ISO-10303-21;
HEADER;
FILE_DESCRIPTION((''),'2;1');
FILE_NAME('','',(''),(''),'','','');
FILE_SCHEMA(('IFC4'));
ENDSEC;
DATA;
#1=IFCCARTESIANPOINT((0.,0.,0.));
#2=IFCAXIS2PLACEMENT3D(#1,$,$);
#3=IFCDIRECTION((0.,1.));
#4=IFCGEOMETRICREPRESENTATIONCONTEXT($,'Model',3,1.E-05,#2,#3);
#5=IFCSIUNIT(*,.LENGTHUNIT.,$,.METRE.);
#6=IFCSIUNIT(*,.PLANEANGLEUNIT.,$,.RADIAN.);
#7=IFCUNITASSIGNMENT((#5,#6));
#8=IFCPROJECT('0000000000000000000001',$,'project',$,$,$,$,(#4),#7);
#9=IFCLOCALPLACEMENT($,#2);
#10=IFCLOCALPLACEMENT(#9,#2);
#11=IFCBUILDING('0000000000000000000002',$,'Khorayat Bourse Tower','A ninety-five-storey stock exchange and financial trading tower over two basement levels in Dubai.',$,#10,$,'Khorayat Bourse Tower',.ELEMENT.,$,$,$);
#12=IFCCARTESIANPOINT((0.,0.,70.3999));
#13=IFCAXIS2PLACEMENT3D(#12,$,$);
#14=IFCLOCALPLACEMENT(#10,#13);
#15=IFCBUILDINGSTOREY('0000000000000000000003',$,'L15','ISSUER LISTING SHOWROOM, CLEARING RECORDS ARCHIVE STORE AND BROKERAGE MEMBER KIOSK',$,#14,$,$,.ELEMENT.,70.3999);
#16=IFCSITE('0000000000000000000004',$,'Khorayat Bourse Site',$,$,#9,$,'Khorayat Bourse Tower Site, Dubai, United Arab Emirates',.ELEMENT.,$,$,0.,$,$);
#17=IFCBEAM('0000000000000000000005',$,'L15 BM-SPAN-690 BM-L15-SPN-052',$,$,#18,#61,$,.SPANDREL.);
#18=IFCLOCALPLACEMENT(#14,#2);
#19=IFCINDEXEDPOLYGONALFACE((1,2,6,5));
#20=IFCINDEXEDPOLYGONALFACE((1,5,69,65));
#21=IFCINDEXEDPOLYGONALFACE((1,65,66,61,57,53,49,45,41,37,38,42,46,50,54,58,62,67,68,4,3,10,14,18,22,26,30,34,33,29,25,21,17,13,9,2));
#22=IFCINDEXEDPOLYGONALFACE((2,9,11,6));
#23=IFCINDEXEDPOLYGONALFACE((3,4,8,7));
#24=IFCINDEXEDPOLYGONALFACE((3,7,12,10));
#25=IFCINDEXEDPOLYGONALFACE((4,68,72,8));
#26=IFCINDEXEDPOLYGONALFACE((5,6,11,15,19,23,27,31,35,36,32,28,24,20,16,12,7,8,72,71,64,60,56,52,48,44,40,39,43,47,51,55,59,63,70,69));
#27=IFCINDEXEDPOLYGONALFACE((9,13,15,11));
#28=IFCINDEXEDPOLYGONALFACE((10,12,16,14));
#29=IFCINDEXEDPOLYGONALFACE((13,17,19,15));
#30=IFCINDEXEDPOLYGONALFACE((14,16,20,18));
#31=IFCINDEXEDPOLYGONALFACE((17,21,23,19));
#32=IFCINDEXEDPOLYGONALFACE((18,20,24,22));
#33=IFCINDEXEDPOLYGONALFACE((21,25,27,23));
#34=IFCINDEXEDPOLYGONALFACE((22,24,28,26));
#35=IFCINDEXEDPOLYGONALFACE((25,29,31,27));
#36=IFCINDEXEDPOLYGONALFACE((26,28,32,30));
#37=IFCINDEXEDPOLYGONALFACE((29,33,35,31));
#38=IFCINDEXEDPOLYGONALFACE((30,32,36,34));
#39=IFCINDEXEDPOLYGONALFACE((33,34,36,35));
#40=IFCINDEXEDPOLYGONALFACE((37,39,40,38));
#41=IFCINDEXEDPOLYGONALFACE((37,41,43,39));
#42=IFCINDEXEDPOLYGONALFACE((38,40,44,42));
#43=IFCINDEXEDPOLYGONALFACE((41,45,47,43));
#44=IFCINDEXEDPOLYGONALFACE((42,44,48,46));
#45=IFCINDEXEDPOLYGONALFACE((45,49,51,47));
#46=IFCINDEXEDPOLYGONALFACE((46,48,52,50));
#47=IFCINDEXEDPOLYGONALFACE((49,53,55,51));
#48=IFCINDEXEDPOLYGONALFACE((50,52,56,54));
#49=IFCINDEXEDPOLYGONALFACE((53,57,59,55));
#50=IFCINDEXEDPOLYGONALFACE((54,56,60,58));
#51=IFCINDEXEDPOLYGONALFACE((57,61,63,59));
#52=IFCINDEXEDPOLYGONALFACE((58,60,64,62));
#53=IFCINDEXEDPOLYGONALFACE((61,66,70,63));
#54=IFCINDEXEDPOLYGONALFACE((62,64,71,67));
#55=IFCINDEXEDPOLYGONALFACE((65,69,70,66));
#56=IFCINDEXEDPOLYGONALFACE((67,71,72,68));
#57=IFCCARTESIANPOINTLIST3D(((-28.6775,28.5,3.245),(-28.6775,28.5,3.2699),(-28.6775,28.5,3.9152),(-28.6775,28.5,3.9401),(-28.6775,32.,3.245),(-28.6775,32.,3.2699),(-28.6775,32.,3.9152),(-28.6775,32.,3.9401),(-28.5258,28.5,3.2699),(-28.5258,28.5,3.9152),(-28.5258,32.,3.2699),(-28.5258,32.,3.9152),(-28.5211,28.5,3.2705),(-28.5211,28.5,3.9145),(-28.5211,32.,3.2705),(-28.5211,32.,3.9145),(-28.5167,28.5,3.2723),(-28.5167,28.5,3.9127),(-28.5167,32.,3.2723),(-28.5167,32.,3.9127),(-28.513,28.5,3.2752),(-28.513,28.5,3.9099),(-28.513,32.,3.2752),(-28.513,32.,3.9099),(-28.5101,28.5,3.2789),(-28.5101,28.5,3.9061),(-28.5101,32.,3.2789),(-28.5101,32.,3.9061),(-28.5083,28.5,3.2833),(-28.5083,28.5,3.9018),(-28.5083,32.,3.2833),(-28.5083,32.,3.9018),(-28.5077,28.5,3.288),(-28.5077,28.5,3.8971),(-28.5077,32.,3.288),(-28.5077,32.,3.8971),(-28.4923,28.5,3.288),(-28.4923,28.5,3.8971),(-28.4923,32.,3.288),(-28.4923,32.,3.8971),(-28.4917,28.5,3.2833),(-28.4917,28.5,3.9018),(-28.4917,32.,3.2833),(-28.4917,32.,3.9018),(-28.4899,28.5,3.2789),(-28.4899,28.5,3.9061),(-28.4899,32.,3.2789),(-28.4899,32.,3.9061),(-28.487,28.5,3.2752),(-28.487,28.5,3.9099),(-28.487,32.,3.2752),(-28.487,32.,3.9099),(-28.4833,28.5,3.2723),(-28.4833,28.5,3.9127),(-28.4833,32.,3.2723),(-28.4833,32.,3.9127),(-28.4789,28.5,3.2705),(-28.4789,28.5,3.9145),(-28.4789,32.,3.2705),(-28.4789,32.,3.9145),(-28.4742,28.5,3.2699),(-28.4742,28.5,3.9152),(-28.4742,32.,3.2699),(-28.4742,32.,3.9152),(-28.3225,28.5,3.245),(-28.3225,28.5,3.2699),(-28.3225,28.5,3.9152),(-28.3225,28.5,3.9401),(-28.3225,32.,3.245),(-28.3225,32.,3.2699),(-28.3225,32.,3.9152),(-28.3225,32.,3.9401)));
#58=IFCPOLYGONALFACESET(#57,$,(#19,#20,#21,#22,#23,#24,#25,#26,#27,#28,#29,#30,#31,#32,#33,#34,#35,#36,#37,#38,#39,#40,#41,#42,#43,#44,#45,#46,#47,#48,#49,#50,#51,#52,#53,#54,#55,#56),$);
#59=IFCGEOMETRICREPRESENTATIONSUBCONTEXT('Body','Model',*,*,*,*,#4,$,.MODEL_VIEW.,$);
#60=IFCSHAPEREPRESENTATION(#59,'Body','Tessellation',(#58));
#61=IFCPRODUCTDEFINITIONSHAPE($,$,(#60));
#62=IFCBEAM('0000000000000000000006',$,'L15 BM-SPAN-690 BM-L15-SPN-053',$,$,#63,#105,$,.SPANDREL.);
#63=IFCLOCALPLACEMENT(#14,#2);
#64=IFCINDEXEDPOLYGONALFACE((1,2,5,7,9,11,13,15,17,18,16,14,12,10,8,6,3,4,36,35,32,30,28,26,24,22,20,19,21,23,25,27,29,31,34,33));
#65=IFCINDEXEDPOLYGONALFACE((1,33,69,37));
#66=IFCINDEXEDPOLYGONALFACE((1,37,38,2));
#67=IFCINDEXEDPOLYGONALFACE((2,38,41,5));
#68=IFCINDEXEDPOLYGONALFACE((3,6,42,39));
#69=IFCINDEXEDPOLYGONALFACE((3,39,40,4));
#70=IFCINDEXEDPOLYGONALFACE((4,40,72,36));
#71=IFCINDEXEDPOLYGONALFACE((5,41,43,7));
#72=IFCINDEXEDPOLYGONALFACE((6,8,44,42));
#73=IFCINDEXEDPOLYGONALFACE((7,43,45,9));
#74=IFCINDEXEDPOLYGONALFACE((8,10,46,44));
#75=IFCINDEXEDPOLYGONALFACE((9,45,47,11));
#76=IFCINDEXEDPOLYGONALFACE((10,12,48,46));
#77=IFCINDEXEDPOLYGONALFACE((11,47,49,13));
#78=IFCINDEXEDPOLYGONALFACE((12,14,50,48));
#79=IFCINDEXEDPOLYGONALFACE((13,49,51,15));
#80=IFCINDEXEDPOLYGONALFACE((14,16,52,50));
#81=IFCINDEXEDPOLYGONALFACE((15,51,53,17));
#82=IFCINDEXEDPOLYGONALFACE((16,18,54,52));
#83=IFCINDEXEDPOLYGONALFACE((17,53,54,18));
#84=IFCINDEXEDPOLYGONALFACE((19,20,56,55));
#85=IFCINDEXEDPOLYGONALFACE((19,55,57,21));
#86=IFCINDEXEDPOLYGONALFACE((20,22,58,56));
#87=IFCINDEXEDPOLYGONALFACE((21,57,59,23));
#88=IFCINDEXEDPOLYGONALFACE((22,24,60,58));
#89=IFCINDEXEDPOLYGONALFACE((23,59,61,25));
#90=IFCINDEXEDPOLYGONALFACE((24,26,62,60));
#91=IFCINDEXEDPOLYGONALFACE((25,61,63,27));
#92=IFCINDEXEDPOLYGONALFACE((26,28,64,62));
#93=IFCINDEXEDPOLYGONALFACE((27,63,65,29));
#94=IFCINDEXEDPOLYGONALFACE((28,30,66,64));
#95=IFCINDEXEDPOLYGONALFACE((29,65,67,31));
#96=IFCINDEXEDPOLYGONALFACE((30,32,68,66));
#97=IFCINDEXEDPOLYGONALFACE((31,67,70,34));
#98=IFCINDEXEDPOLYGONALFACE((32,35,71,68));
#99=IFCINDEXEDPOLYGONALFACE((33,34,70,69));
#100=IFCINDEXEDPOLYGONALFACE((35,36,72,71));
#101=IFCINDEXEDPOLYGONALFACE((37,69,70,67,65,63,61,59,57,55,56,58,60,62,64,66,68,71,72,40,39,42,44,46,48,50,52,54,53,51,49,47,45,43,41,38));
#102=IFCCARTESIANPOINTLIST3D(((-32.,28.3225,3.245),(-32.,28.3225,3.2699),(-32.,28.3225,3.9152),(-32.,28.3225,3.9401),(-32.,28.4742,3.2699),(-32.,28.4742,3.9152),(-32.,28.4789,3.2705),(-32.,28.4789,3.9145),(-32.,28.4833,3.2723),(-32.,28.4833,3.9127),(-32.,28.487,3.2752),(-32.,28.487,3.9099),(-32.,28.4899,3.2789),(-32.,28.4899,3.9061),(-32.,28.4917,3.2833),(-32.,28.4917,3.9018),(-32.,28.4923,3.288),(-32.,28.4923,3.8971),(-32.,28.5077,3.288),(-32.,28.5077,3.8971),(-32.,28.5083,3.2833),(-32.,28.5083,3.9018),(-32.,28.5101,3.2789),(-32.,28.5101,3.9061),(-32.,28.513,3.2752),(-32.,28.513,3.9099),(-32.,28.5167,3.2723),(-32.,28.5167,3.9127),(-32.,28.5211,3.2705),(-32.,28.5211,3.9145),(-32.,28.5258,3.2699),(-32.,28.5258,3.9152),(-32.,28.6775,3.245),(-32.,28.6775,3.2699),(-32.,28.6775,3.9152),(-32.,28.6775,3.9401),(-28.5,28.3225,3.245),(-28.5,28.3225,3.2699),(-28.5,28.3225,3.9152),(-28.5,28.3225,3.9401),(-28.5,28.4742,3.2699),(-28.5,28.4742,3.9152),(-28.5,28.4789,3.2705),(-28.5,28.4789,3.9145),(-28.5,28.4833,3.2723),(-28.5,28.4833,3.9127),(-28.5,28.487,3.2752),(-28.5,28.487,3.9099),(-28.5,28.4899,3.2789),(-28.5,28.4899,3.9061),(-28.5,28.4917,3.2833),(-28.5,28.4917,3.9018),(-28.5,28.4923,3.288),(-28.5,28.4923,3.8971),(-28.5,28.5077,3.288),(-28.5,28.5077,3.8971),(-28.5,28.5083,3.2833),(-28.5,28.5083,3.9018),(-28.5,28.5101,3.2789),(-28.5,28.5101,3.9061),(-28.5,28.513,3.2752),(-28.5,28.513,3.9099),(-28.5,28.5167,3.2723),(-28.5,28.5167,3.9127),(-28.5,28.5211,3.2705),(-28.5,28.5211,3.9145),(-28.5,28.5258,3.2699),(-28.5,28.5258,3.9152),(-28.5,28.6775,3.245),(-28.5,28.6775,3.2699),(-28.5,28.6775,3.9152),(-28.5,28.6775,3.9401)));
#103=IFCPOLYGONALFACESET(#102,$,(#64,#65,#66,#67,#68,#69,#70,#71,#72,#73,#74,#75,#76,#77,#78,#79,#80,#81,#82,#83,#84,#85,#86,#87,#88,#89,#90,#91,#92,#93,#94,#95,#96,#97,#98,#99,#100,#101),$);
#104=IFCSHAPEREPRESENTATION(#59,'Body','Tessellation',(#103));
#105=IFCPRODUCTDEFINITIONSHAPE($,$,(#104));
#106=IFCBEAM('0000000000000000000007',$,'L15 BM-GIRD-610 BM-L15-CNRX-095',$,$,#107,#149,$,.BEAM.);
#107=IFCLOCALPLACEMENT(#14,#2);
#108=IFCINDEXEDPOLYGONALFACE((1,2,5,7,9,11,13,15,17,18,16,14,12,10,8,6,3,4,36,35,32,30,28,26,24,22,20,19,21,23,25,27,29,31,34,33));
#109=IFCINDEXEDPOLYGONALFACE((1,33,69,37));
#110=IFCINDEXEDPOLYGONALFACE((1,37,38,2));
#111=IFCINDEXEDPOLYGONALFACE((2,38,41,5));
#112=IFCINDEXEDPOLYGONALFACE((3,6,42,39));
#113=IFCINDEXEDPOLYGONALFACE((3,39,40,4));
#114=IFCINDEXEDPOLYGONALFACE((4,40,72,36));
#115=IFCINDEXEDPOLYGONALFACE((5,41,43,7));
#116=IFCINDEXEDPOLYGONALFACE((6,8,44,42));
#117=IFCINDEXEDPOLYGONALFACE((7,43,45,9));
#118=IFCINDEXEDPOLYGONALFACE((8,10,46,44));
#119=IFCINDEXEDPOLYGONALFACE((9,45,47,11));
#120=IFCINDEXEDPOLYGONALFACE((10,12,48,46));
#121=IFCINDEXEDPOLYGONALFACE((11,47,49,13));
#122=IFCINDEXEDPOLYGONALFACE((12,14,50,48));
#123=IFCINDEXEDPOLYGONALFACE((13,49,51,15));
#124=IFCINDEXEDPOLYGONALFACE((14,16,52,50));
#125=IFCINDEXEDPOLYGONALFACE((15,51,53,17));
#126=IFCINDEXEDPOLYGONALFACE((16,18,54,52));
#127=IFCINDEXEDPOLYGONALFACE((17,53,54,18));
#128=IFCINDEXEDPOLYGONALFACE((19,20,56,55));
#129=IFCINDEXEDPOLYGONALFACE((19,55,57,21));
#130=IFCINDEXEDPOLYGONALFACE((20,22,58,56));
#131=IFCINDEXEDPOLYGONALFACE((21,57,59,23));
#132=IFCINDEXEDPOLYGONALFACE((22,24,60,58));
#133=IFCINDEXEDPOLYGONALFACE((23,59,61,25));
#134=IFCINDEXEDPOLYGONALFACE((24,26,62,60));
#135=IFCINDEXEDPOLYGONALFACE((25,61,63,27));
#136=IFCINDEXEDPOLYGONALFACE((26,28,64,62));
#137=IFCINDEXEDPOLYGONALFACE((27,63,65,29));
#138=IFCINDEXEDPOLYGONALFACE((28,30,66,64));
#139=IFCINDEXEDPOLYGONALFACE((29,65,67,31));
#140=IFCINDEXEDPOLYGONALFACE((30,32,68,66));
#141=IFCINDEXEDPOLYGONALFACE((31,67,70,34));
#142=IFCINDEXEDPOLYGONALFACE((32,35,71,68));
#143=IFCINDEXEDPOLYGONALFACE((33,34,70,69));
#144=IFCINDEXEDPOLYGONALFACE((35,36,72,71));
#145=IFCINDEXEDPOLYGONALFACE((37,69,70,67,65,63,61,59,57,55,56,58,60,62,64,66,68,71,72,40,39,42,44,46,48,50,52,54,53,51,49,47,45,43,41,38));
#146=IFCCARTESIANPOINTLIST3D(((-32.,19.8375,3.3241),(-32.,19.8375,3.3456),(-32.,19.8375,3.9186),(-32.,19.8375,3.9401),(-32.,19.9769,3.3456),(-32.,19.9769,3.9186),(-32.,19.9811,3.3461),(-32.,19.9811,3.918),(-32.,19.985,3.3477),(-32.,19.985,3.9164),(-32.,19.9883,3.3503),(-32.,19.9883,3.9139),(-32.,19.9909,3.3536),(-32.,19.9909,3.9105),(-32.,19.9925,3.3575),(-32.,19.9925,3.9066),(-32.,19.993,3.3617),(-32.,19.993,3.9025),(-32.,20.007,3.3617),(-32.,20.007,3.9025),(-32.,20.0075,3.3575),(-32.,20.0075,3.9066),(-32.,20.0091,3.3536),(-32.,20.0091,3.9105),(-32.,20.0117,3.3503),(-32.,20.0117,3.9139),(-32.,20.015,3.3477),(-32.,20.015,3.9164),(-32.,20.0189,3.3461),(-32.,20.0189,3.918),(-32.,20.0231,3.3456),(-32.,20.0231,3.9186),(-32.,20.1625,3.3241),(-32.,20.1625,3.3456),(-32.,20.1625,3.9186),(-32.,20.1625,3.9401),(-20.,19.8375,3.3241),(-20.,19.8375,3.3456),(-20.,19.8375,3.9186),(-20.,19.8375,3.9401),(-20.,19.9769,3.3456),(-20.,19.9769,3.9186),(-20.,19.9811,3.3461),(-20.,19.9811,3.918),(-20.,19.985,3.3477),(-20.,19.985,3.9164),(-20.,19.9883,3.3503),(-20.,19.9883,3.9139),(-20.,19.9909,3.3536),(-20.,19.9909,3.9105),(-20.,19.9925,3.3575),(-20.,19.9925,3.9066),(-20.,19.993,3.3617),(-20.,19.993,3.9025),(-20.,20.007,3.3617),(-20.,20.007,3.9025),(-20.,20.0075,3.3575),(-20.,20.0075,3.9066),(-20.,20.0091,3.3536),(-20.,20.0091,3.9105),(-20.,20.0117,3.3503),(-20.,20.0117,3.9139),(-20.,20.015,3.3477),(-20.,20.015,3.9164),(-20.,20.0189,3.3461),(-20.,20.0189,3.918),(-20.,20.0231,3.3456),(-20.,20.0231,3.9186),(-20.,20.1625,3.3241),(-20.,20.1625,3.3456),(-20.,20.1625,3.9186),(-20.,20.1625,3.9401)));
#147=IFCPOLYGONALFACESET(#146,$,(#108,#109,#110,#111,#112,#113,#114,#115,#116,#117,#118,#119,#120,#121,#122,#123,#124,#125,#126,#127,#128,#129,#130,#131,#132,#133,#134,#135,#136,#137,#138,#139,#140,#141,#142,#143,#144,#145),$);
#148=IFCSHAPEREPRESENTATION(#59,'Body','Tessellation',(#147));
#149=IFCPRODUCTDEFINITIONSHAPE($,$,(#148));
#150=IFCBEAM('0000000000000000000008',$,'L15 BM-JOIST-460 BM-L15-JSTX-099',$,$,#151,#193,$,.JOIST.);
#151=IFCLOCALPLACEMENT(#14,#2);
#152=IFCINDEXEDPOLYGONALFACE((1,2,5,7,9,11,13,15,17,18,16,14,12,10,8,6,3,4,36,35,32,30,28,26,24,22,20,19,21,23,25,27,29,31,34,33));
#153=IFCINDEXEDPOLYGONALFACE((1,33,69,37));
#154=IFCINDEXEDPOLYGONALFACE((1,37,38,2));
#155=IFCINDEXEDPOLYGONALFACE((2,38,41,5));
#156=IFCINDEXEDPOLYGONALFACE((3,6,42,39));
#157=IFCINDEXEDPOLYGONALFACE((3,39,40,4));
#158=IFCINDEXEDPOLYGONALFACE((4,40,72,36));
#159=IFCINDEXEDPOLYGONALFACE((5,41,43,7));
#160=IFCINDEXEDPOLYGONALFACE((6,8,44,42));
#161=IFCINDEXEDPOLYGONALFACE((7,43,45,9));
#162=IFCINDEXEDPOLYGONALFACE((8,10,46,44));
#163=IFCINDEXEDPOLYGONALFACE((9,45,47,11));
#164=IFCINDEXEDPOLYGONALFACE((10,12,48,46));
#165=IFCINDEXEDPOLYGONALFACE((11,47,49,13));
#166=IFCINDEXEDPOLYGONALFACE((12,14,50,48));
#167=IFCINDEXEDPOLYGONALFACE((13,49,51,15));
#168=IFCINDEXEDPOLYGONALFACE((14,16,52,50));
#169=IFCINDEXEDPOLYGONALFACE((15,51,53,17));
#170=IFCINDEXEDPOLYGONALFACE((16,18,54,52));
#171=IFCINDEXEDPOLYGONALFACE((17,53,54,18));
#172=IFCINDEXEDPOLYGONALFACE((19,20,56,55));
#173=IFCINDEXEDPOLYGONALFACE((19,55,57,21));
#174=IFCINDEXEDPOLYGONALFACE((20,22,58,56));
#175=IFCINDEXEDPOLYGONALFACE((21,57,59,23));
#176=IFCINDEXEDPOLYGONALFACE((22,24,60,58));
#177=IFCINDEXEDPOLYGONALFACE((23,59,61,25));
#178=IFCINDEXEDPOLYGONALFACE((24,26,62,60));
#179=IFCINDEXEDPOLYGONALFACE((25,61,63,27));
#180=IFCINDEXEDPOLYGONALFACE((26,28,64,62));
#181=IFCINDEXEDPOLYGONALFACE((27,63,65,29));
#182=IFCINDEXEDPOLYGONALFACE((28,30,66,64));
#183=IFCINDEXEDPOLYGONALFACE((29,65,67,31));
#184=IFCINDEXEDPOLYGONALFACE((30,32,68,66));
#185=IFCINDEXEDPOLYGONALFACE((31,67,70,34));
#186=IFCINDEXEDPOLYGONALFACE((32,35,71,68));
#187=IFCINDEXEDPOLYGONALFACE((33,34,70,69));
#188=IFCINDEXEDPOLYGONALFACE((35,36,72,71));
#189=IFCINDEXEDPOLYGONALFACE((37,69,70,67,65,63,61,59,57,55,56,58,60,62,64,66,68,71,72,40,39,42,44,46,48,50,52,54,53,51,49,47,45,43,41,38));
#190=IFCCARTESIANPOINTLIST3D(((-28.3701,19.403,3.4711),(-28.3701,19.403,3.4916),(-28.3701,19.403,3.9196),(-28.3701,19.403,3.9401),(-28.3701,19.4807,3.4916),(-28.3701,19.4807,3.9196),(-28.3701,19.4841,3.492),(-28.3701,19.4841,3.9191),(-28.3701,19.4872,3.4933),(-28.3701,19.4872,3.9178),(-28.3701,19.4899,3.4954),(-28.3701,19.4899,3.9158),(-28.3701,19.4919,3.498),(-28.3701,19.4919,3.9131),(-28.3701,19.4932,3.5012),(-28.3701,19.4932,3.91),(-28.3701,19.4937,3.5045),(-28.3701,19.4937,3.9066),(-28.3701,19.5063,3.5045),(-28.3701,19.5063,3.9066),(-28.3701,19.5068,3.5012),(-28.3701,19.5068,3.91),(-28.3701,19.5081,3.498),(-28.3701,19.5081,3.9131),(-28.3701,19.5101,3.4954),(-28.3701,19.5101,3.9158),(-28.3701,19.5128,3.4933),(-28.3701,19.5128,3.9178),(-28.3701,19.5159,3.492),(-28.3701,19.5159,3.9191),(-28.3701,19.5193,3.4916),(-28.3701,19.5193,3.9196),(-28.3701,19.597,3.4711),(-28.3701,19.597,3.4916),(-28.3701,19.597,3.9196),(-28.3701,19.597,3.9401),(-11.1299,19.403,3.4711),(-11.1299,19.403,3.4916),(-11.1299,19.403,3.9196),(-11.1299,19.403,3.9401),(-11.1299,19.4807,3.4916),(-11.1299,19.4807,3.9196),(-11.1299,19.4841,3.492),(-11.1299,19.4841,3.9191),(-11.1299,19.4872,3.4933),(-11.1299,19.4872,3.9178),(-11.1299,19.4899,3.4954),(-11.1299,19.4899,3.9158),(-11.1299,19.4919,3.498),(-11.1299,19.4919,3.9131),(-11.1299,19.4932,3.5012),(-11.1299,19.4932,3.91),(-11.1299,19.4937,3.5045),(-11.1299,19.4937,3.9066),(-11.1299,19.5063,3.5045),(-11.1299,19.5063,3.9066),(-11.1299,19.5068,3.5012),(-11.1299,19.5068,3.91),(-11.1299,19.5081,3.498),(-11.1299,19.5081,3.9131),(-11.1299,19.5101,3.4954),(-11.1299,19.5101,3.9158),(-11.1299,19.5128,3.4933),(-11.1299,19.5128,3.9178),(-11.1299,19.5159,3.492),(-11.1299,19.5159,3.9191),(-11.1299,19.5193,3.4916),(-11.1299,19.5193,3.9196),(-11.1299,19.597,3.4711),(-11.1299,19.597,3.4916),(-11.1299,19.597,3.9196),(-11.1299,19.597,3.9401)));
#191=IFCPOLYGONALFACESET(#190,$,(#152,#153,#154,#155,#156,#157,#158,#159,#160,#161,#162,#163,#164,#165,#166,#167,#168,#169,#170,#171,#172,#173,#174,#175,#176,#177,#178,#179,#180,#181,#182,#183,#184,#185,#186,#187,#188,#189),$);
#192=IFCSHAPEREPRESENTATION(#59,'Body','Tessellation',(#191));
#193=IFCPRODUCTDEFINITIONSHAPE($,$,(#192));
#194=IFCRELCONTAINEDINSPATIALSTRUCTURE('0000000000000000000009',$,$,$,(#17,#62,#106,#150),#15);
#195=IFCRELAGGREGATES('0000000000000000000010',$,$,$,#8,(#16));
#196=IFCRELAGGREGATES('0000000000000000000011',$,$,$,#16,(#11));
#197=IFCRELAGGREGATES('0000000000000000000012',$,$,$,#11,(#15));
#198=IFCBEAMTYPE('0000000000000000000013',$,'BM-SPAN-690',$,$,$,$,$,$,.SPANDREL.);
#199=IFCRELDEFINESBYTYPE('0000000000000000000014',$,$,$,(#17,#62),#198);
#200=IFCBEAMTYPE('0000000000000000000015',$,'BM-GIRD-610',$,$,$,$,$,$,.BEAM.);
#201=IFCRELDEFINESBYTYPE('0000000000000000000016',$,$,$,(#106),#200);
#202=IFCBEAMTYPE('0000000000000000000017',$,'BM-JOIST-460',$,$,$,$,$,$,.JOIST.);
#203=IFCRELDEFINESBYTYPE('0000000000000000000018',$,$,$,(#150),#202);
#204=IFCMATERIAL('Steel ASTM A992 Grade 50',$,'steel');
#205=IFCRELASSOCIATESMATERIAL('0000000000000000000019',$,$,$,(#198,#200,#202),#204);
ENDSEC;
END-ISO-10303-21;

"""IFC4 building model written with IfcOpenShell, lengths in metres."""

from ifc_helpers import new_model, si_unit, direction, frame, origin, origin_2d, place, context, subcontext, project, spatial, i_section, extrude, source, transform, mapped, material, material_profile, profile_set, type_object, element, save


model = new_model("IFC4")

# Units and contexts
model_context = context("Model", 3, precision=1e-05, world=origin(), true_north=direction((0.0, 1.0)))
body_context = subcontext(model_context, "Body", "Model", "MODEL_VIEW")
ifc_project = project(units=[si_unit("LENGTHUNIT", "METRE"), si_unit("PLANEANGLEUNIT", "RADIAN")], contexts=[model_context])

# Site, building, storey
site_placement = place(None, origin())
site = spatial("IfcSite", under=ifc_project, at=site_placement, Name="Khorayat Bourse Site", LongName="Khorayat Bourse Tower Site, Dubai, United Arab Emirates", CompositionType="ELEMENT", RefElevation=0.0)
building_placement = place(site_placement, origin())
building = spatial("IfcBuilding", under=site, at=building_placement, Name="Khorayat Bourse Tower", Description="A ninety-five-storey stock exchange and financial trading tower over two basement levels in Dubai.", LongName="Khorayat Bourse Tower", CompositionType="ELEMENT")
storey_placement = place(building_placement, frame((0.0, 0.0, 70.3999)))
storey = spatial("IfcBuildingStorey", under=building, at=storey_placement, Name="L15", Description="ISSUER LISTING SHOWROOM, CLEARING RECORDS ARCHIVE STORE AND BROKERAGE MEMBER KIOSK", CompositionType="ELEMENT", Elevation=70.3999)

# Beams
ifc_material_1 = material(Name="Steel ASTM A992 Grade 50", Category="steel")
ifc_material_profile_1 = material_profile(ifc_material_1, i_section(OverallWidth=0.355, OverallDepth=0.6951, WebThickness=0.0154, FlangeThickness=0.0249, FilletRadius=0.0181, at=origin_2d()), Name="W690X217")
ifc_profile_set_1 = profile_set([ifc_material_profile_1], Name="Steel ASTM A992 Grade 50")
beam_type_1 = type_object("IfcBeamType", Name="BM-SPAN-690", PredefinedType="SPANDREL", material=ifc_profile_set_1)
shared_shape_1 = source(origin(), body_context, "Body", "SweptSolid", [
    extrude(i_section(OverallWidth=0.355, OverallDepth=0.6951, WebThickness=0.0154, FlangeThickness=0.0249, FilletRadius=0.0181, at=origin_2d()), origin(), (0.0, 0.0, 1.0), 3.5),
])
for number, where, z_axis, x_axis, name in (
    (1, (-28.5, 28.5, 3.5925), (0.0, 1.0, 0.0), (-1.0, 0.0, 0.0), "L15 BM-SPAN-690 BM-L15-SPN-052"),
    (2, (-32.0, 28.5, 3.5925), (1.0, 0.0, 0.0), (0.0, 1.0, 0.0), "L15 BM-SPAN-690 BM-L15-SPN-053"),
):
    element("IfcBeam", number, at=place(storey_placement, frame(where, z_axis=z_axis, x_axis=x_axis)), inside=storey, type_object=beam_type_1, Name=name, PredefinedType="SPANDREL", context=body_context, shape_type="MappedRepresentation", body=[
        mapped(shared_shape_1, transform((0.0, 0.0, 0.0), scale=1.0)),
    ])
ifc_material_profile_2 = material_profile(ifc_material_1, i_section(OverallWidth=0.325, OverallDepth=0.616, WebThickness=0.0139, FlangeThickness=0.0215, FilletRadius=0.0161, at=origin_2d()), Name="W610X174")
ifc_profile_set_2 = profile_set([ifc_material_profile_2], Name="Steel ASTM A992 Grade 50")
beam_type_2 = type_object("IfcBeamType", Name="BM-GIRD-610", PredefinedType="BEAM", material=ifc_profile_set_2)
shared_shape_2 = source(origin(), body_context, "Body", "SweptSolid", [
    extrude(i_section(OverallWidth=0.325, OverallDepth=0.616, WebThickness=0.0139, FlangeThickness=0.0215, FilletRadius=0.0161, at=origin_2d()), origin(), (0.0, 0.0, 1.0), 12.0),
])
beam_1_placement = place(storey_placement, frame((-32.0, 20.0, 3.6321), z_axis=(1.0, 0.0, 0.0), x_axis=(0.0, 1.0, 0.0)))
element("IfcBeam", 3, at=beam_1_placement, inside=storey, type_object=beam_type_2, Name="L15 BM-GIRD-610 BM-L15-CNRX-095", PredefinedType="BEAM", context=body_context, shape_type="MappedRepresentation", body=[
    mapped(shared_shape_2, transform((0.0, 0.0, 0.0), scale=1.0)),
])
ifc_material_profile_3 = material_profile(ifc_material_1, i_section(OverallWidth=0.1941, OverallDepth=0.469, WebThickness=0.0127, FlangeThickness=0.0205, FilletRadius=0.0129, at=origin_2d()), Name="W460X106")
ifc_profile_set_3 = profile_set([ifc_material_profile_3], Name="Steel ASTM A992 Grade 50")
beam_type_3 = type_object("IfcBeamType", Name="BM-JOIST-460", PredefinedType="JOIST", material=ifc_profile_set_3)
shared_shape_3 = source(origin(), body_context, "Body", "SweptSolid", [
    extrude(i_section(OverallWidth=0.1941, OverallDepth=0.469, WebThickness=0.0127, FlangeThickness=0.0205, FilletRadius=0.0129, at=origin_2d()), origin(), (0.0, 0.0, 1.0), 17.2402),
])
beam_2_placement = place(storey_placement, frame((-28.3701, 19.5, 3.7056), z_axis=(1.0, 0.0, 0.0), x_axis=(0.0, 1.0, 0.0)))
element("IfcBeam", 4, at=beam_2_placement, inside=storey, type_object=beam_type_3, Name="L15 BM-JOIST-460 BM-L15-JSTX-099", PredefinedType="JOIST", context=body_context, shape_type="MappedRepresentation", body=[
    mapped(shared_shape_3, transform((0.0, 0.0, 0.0), scale=1.0)),
])

save(model, "model.ifc")
